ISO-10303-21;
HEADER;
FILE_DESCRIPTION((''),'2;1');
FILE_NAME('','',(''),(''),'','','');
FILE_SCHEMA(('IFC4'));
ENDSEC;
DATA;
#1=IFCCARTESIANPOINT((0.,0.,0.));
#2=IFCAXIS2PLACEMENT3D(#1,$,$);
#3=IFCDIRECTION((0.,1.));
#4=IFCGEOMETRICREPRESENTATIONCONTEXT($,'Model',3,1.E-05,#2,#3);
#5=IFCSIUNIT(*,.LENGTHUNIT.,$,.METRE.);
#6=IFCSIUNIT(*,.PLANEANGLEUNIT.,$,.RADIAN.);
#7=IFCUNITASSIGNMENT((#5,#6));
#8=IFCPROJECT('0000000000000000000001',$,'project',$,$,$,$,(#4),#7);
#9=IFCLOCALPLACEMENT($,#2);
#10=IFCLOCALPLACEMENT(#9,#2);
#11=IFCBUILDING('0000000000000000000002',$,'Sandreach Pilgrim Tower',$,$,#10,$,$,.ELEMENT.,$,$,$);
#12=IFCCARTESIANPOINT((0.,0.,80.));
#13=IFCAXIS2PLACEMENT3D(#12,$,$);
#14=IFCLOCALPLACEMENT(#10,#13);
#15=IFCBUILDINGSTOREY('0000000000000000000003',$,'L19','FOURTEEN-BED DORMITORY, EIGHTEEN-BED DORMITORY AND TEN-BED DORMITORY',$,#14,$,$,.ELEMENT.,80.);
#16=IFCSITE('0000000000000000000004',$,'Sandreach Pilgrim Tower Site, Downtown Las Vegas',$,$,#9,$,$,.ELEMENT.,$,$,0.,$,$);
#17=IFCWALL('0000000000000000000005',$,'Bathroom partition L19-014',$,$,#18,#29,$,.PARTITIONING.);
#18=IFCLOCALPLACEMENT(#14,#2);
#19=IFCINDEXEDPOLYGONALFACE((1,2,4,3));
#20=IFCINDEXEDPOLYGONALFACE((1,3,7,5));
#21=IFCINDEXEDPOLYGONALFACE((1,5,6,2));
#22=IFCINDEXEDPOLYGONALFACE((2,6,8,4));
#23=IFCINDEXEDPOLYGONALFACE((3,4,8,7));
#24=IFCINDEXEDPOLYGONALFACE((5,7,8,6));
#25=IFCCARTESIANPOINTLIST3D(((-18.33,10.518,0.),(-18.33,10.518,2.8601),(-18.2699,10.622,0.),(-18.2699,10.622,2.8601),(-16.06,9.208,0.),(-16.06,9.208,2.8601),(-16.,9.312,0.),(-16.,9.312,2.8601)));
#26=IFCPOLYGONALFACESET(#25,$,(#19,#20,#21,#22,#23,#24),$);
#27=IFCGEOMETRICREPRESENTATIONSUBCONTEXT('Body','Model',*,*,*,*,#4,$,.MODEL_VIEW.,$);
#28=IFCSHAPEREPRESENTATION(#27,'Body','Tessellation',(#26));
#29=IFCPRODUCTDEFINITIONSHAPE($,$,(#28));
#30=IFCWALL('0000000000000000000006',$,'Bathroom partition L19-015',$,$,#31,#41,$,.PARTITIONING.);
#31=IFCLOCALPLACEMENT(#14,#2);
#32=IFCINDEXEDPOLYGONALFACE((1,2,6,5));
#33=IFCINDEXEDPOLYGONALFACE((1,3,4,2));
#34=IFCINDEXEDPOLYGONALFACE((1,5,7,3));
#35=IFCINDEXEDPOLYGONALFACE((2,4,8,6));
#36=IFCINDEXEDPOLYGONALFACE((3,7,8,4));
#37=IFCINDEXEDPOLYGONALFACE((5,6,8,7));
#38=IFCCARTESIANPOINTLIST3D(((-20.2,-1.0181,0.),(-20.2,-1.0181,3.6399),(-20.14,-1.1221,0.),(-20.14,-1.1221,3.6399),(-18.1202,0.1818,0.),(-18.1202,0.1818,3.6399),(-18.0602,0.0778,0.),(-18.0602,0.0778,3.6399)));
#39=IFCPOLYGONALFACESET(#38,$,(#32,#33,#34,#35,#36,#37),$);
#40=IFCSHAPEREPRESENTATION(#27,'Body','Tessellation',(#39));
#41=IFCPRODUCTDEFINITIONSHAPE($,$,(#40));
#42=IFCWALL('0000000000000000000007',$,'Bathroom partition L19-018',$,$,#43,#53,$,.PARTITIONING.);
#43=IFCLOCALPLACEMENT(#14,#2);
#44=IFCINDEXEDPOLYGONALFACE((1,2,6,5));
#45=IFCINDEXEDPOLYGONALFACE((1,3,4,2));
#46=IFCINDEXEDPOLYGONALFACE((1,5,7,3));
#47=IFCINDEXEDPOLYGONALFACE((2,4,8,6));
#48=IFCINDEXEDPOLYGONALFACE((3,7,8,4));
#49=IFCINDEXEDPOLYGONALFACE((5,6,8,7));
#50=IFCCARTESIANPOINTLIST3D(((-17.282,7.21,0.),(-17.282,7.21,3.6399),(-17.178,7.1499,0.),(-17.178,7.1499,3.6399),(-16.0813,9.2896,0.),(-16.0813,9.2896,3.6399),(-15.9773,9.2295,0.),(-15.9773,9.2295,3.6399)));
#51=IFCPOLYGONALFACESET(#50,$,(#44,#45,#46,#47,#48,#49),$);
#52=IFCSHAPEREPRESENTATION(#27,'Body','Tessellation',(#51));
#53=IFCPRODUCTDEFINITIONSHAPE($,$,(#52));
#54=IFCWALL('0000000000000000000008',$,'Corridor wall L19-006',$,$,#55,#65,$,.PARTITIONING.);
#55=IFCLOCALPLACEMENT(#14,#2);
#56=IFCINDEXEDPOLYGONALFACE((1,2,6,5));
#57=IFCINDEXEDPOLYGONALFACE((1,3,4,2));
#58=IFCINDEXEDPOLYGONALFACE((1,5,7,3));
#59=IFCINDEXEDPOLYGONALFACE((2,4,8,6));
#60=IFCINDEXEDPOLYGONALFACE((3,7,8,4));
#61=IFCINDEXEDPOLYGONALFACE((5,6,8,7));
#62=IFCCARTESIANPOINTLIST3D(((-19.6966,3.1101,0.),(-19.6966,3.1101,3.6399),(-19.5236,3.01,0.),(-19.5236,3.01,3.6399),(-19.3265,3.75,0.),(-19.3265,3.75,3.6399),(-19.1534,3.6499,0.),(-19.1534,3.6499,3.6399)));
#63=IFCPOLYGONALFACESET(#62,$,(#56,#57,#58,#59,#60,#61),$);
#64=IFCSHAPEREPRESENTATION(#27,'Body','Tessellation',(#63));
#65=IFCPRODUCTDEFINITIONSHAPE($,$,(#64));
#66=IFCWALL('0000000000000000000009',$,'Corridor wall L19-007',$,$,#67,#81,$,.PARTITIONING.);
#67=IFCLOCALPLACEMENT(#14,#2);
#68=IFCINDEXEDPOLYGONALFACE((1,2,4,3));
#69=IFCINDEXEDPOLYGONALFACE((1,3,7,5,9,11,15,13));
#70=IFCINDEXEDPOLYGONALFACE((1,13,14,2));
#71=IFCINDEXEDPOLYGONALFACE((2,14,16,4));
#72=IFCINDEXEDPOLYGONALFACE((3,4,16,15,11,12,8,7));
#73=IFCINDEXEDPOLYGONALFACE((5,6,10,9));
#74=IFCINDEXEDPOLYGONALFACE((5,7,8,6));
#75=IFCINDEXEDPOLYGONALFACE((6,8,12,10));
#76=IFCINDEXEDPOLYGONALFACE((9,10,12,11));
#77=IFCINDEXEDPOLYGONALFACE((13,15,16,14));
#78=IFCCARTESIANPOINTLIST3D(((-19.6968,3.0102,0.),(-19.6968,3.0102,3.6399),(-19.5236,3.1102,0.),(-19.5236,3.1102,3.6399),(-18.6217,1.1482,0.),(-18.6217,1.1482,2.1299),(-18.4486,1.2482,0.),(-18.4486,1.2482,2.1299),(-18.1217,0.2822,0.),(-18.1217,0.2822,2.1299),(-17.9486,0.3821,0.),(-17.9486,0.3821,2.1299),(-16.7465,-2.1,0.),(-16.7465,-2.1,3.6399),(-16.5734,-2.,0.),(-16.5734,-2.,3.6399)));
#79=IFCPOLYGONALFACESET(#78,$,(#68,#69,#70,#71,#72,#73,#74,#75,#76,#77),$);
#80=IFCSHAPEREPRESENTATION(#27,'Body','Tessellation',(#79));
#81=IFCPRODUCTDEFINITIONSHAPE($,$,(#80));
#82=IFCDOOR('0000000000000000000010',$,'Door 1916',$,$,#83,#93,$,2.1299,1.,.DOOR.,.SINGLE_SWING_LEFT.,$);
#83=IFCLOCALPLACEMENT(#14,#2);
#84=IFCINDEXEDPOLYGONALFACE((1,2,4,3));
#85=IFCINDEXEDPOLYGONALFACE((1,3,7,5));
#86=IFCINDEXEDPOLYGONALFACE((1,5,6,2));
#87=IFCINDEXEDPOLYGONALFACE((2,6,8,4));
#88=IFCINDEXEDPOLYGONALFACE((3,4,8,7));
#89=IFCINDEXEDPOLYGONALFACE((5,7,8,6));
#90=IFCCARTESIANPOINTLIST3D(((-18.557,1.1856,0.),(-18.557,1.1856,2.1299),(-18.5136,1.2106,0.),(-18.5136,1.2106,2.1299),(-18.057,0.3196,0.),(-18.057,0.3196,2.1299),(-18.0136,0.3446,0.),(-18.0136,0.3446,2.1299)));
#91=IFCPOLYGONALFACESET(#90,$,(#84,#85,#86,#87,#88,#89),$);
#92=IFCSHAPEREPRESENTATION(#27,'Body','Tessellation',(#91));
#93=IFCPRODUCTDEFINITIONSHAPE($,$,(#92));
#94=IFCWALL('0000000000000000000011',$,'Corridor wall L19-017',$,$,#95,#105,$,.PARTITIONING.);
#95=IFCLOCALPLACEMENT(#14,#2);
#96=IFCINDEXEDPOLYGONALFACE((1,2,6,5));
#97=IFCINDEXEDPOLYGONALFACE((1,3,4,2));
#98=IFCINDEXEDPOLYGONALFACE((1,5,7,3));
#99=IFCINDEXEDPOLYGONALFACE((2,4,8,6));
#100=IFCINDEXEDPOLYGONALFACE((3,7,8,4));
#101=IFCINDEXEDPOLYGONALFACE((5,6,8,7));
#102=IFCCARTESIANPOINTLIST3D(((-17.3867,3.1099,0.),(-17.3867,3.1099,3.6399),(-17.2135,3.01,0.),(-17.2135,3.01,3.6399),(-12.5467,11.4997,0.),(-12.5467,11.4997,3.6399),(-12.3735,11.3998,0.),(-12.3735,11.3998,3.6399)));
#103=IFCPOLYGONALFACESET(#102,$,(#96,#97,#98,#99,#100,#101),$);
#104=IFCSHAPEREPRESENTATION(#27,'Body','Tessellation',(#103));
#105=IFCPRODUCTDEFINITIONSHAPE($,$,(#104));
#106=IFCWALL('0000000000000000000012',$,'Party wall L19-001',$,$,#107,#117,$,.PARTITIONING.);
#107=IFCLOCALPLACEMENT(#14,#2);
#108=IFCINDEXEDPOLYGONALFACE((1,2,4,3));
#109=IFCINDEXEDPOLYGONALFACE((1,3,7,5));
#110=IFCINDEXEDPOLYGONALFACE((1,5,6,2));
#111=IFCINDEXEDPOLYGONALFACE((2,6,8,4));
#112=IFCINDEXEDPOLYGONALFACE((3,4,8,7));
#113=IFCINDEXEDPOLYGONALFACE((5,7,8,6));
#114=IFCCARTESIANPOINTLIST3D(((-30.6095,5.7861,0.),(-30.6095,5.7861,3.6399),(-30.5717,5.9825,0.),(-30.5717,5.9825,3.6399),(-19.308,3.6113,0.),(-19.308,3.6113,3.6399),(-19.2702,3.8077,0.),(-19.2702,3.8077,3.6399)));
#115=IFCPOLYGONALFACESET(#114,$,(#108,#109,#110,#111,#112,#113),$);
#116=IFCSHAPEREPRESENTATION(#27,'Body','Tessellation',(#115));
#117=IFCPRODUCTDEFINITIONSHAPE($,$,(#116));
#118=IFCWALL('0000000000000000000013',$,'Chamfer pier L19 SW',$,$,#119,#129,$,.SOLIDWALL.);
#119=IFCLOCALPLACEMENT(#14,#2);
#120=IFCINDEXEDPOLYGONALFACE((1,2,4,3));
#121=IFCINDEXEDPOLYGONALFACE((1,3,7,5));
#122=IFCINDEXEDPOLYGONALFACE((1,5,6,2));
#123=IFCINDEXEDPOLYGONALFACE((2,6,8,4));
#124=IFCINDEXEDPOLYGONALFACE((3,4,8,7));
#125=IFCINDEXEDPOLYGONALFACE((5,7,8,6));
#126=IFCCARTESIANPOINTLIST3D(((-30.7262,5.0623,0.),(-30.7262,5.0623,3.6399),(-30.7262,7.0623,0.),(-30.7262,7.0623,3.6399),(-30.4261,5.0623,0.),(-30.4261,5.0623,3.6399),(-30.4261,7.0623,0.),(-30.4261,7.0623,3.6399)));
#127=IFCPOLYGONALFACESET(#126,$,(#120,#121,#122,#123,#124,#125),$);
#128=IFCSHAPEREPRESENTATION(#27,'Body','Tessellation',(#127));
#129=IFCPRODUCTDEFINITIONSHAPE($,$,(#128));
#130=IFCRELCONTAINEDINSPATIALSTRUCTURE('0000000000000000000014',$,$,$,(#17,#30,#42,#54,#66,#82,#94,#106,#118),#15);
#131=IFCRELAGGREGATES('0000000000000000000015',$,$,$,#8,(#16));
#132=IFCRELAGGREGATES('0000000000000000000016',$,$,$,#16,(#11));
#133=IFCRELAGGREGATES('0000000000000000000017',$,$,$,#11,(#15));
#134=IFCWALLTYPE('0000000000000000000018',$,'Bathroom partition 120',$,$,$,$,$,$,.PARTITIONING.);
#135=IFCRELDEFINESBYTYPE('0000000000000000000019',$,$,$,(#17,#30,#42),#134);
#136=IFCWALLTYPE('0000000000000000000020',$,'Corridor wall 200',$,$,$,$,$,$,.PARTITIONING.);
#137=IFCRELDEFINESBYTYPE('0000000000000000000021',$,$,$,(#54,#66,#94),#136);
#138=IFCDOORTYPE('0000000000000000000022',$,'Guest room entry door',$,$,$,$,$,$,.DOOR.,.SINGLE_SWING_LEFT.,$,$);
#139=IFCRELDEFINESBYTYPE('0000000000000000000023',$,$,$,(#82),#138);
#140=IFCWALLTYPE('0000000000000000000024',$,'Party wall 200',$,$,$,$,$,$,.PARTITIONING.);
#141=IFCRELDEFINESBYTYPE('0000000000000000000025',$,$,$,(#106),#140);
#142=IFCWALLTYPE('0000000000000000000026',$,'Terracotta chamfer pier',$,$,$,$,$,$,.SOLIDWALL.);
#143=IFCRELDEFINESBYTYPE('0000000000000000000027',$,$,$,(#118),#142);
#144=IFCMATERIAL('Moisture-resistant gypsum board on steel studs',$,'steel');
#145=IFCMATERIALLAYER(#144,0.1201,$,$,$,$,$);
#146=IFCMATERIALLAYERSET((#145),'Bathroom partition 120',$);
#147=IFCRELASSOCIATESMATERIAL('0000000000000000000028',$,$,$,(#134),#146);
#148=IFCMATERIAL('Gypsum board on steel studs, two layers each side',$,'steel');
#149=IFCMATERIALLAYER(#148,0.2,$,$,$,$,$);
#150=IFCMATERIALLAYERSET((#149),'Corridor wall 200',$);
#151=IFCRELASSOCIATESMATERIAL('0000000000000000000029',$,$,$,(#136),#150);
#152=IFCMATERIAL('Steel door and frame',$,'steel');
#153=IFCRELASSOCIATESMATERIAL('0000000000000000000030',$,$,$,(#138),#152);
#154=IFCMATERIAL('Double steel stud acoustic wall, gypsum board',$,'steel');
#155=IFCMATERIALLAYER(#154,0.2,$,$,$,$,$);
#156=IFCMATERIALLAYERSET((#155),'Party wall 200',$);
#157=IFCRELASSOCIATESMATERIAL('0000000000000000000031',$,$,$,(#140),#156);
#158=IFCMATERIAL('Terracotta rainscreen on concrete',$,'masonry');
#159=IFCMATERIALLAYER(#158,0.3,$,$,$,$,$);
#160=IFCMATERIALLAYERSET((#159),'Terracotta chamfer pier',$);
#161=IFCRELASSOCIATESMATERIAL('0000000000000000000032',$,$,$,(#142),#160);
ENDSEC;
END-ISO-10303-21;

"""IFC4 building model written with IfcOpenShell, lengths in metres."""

from ifc_helpers import new_model, si_unit, direction, frame, frame_2d, origin, place, context, subcontext, project, spatial, rectangle, extrude, material, layer, layer_set, type_object, element, fill, save


model = new_model("IFC4")

# Units and contexts
model_context = context("Model", 3, precision=1e-05, world=origin(), true_north=direction((0.0, 1.0)))
body_context = subcontext(model_context, "Body", "Model", "MODEL_VIEW")
ifc_project = project(units=[si_unit("LENGTHUNIT", "METRE"), si_unit("PLANEANGLEUNIT", "RADIAN")], contexts=[model_context])

# Site, building, storey
site_placement = place(None, origin())
site = spatial("IfcSite", under=ifc_project, at=site_placement, Name="Sandreach Pilgrim Tower Site, Downtown Las Vegas", CompositionType="ELEMENT", RefElevation=0.0)
building_placement = place(site_placement, origin())
building = spatial("IfcBuilding", under=site, at=building_placement, Name="Sandreach Pilgrim Tower", CompositionType="ELEMENT")
storey_placement = place(building_placement, frame((0.0, 0.0, 80.0)))
storey = spatial("IfcBuildingStorey", under=building, at=storey_placement, Name="L19", Description="FOURTEEN-BED DORMITORY, EIGHTEEN-BED DORMITORY AND TEN-BED DORMITORY", CompositionType="ELEMENT", Elevation=80.0)

# Shared definitions
ifc_material_1 = material(Name="Moisture-resistant gypsum board on steel studs", Category="steel")
ifc_layer_1 = layer(ifc_material_1, 0.1201)
ifc_layer_set_1 = layer_set([ifc_layer_1], Name="Bathroom partition 120")
wall_type_1 = type_object("IfcWallType", Name="Bathroom partition 120", PredefinedType="PARTITIONING", material=ifc_layer_set_1)

# Walls
wall_1_placement = place(storey_placement, frame((-18.3, 10.5701, 0.0), z_axis=(0.0, 0.0, 1.0), x_axis=(0.866114, -0.499846, 0.0)))
element("IfcWall", 1, at=wall_1_placement, inside=storey, type_object=wall_type_1, Name="Bathroom partition L19-014", PredefinedType="PARTITIONING", context=body_context, shape_type="SweptSolid", body=[
    extrude(rectangle(XDim=2.6208, YDim=0.1201, at=frame_2d((1.3105, 0.0))), origin(), (0.0, 0.0, 1.0), 2.8601),
])
wall_2_placement = place(storey_placement, frame((-18.0901, 0.1299, 0.0), z_axis=(0.0, 0.0, 1.0), x_axis=(-0.866177, -0.499737, 0.0)))
element("IfcWall", 2, at=wall_2_placement, inside=storey, type_object=wall_type_1, Name="Bathroom partition L19-015", PredefinedType="PARTITIONING", context=body_context, shape_type="SweptSolid", body=[
    extrude(rectangle(XDim=2.4011, YDim=0.1201, at=frame_2d((1.2007, 0.0))), origin(), (0.0, 0.0, 1.0), 3.6399),
])
wall_3_placement = place(storey_placement, frame((-17.23, 7.1799, 0.0), z_axis=(0.0, 0.0, 1.0), x_axis=(0.50001, 0.86602, 0.0)))
element("IfcWall", 3, at=wall_3_placement, inside=storey, type_object=wall_type_1, Name="Bathroom partition L19-018", PredefinedType="PARTITIONING", context=body_context, shape_type="SweptSolid", body=[
    extrude(rectangle(XDim=2.4014, YDim=0.1201, at=frame_2d((1.2007, 0.0))), origin(), (0.0, 0.0, 1.0), 3.6399),
])
ifc_material_2 = material(Name="Gypsum board on steel studs, two layers each side", Category="steel")
ifc_layer_2 = layer(ifc_material_2, 0.2)
ifc_layer_set_2 = layer_set([ifc_layer_2], Name="Corridor wall 200")
wall_type_2 = type_object("IfcWallType", Name="Corridor wall 200", PredefinedType="PARTITIONING", material=ifc_layer_set_2)
wall_4_placement = place(storey_placement, frame((-19.6101, 3.0601, 0.0), z_axis=(0.0, 0.0, 1.0), x_axis=(0.500685, 0.86563, 0.0)))
element("IfcWall", 4, at=wall_4_placement, inside=storey, type_object=wall_type_2, Name="Corridor wall L19-006", PredefinedType="PARTITIONING", context=body_context, shape_type="SweptSolid", body=[
    extrude(rectangle(XDim=0.7393, YDim=0.2, at=frame_2d((0.3696, 0.0))), origin(), (0.0, 0.0, 1.0), 3.6399),
])

# Wall, opening, door
wall_5_placement = place(storey_placement, frame((-19.6101, 3.0601, 0.0), z_axis=(0.0, 0.0, 1.0), x_axis=(0.499984, -0.866035, 0.0)))
wall_5 = element("IfcWall", 5, at=wall_5_placement, inside=storey, type_object=wall_type_2, Name="Corridor wall L19-007", PredefinedType="PARTITIONING", context=body_context, shape_type="SweptSolid", body=[
    extrude(rectangle(XDim=5.9006, YDim=0.2, at=frame_2d((2.9502, 0.0))), origin(), (0.0, 0.0, 1.0), 3.6399),
])
opening_1_placement = place(wall_5_placement, frame((2.1499, 0.0, 0.0)))
opening_1 = element("IfcOpeningElement", 6, at=opening_1_placement, cuts=wall_5, PredefinedType="OPENING", context=body_context, shape_type="SweptSolid", body=[
    extrude(rectangle(XDim=1.0, YDim=2.1299, at=frame_2d((0.5, 1.0649))), frame((0.0, 0.1001, 0.0), z_axis=(0.0, -1.0, 0.0), x_axis=(1.0, 0.0, 0.0)), (0.0, 0.0, 1.0), 0.2),
])
ifc_material_3 = material(Name="Steel door and frame", Category="steel")
door_type_1 = type_object("IfcDoorType", Name="Guest room entry door", OperationType="SINGLE_SWING_LEFT", PredefinedType="DOOR", material=ifc_material_3)
door_1_placement = place(opening_1_placement, origin())
door_1 = element("IfcDoor", 7, at=door_1_placement, inside=storey, type_object=door_type_1, Name="Door 1916", OperationType="SINGLE_SWING_LEFT", OverallHeight=2.1299, OverallWidth=1.0, PredefinedType="DOOR", context=body_context, shape_type="SweptSolid", body=[
    extrude(rectangle(XDim=1.0, YDim=2.1299, at=frame_2d((0.5, 1.0649))), frame((0.0, 0.0249, 0.0), z_axis=(0.0, -1.0, 0.0), x_axis=(1.0, 0.0, 0.0)), (0.0, 0.0, 1.0), 0.05),
])
fill(opening_1, door_1)

# Wall
wall_6_placement = place(storey_placement, frame((-17.3, 3.0601, 0.0), z_axis=(0.0, 0.0, 1.0), x_axis=(0.499704, 0.866196, 0.0)))
element("IfcWall", 8, at=wall_6_placement, inside=storey, type_object=wall_type_2, Name="Corridor wall L19-017", PredefinedType="PARTITIONING", context=body_context, shape_type="SweptSolid", body=[
    extrude(rectangle(XDim=9.6858, YDim=0.2, at=frame_2d((4.8428, 0.0))), origin(), (0.0, 0.0, 1.0), 3.6399),
])

# Walls
ifc_material_4 = material(Name="Double steel stud acoustic wall, gypsum board", Category="steel")
ifc_layer_3 = layer(ifc_material_4, 0.2)
ifc_layer_set_3 = layer_set([ifc_layer_3], Name="Party wall 200")
wall_type_3 = type_object("IfcWallType", Name="Party wall 200", PredefinedType="PARTITIONING", material=ifc_layer_set_3)
wall_7_placement = place(storey_placement, frame((-30.5906, 5.8843, 0.0), z_axis=(0.0, 0.0, 1.0), x_axis=(0.981983, -0.188968, 0.0)))
element("IfcWall", 9, at=wall_7_placement, inside=storey, type_object=wall_type_3, Name="Party wall L19-001", PredefinedType="PARTITIONING", context=body_context, shape_type="SweptSolid", body=[
    extrude(rectangle(XDim=11.5088, YDim=0.2, at=frame_2d((5.7544, 0.0))), origin(), (0.0, 0.0, 1.0), 3.6399),
])
ifc_material_5 = material(Name="Terracotta rainscreen on concrete", Category="masonry")
ifc_layer_4 = layer(ifc_material_5, 0.3)
ifc_layer_set_4 = layer_set([ifc_layer_4], Name="Terracotta chamfer pier")
wall_type_4 = type_object("IfcWallType", Name="Terracotta chamfer pier", PredefinedType="SOLIDWALL", material=ifc_layer_set_4)
wall_8_placement = place(storey_placement, frame((-30.5762, 5.0623, 0.0), z_axis=(0.0, 0.0, 1.0), x_axis=(0.0, 1.0, 0.0)))
element("IfcWall", 10, at=wall_8_placement, inside=storey, type_object=wall_type_4, Name="Chamfer pier L19 SW", PredefinedType="SOLIDWALL", context=body_context, shape_type="SweptSolid", body=[
    extrude(rectangle(XDim=2.0, YDim=0.3, at=frame_2d((1.0, 0.0))), origin(), (0.0, 0.0, 1.0), 3.6399),
])

save(model, "model.ifc")
